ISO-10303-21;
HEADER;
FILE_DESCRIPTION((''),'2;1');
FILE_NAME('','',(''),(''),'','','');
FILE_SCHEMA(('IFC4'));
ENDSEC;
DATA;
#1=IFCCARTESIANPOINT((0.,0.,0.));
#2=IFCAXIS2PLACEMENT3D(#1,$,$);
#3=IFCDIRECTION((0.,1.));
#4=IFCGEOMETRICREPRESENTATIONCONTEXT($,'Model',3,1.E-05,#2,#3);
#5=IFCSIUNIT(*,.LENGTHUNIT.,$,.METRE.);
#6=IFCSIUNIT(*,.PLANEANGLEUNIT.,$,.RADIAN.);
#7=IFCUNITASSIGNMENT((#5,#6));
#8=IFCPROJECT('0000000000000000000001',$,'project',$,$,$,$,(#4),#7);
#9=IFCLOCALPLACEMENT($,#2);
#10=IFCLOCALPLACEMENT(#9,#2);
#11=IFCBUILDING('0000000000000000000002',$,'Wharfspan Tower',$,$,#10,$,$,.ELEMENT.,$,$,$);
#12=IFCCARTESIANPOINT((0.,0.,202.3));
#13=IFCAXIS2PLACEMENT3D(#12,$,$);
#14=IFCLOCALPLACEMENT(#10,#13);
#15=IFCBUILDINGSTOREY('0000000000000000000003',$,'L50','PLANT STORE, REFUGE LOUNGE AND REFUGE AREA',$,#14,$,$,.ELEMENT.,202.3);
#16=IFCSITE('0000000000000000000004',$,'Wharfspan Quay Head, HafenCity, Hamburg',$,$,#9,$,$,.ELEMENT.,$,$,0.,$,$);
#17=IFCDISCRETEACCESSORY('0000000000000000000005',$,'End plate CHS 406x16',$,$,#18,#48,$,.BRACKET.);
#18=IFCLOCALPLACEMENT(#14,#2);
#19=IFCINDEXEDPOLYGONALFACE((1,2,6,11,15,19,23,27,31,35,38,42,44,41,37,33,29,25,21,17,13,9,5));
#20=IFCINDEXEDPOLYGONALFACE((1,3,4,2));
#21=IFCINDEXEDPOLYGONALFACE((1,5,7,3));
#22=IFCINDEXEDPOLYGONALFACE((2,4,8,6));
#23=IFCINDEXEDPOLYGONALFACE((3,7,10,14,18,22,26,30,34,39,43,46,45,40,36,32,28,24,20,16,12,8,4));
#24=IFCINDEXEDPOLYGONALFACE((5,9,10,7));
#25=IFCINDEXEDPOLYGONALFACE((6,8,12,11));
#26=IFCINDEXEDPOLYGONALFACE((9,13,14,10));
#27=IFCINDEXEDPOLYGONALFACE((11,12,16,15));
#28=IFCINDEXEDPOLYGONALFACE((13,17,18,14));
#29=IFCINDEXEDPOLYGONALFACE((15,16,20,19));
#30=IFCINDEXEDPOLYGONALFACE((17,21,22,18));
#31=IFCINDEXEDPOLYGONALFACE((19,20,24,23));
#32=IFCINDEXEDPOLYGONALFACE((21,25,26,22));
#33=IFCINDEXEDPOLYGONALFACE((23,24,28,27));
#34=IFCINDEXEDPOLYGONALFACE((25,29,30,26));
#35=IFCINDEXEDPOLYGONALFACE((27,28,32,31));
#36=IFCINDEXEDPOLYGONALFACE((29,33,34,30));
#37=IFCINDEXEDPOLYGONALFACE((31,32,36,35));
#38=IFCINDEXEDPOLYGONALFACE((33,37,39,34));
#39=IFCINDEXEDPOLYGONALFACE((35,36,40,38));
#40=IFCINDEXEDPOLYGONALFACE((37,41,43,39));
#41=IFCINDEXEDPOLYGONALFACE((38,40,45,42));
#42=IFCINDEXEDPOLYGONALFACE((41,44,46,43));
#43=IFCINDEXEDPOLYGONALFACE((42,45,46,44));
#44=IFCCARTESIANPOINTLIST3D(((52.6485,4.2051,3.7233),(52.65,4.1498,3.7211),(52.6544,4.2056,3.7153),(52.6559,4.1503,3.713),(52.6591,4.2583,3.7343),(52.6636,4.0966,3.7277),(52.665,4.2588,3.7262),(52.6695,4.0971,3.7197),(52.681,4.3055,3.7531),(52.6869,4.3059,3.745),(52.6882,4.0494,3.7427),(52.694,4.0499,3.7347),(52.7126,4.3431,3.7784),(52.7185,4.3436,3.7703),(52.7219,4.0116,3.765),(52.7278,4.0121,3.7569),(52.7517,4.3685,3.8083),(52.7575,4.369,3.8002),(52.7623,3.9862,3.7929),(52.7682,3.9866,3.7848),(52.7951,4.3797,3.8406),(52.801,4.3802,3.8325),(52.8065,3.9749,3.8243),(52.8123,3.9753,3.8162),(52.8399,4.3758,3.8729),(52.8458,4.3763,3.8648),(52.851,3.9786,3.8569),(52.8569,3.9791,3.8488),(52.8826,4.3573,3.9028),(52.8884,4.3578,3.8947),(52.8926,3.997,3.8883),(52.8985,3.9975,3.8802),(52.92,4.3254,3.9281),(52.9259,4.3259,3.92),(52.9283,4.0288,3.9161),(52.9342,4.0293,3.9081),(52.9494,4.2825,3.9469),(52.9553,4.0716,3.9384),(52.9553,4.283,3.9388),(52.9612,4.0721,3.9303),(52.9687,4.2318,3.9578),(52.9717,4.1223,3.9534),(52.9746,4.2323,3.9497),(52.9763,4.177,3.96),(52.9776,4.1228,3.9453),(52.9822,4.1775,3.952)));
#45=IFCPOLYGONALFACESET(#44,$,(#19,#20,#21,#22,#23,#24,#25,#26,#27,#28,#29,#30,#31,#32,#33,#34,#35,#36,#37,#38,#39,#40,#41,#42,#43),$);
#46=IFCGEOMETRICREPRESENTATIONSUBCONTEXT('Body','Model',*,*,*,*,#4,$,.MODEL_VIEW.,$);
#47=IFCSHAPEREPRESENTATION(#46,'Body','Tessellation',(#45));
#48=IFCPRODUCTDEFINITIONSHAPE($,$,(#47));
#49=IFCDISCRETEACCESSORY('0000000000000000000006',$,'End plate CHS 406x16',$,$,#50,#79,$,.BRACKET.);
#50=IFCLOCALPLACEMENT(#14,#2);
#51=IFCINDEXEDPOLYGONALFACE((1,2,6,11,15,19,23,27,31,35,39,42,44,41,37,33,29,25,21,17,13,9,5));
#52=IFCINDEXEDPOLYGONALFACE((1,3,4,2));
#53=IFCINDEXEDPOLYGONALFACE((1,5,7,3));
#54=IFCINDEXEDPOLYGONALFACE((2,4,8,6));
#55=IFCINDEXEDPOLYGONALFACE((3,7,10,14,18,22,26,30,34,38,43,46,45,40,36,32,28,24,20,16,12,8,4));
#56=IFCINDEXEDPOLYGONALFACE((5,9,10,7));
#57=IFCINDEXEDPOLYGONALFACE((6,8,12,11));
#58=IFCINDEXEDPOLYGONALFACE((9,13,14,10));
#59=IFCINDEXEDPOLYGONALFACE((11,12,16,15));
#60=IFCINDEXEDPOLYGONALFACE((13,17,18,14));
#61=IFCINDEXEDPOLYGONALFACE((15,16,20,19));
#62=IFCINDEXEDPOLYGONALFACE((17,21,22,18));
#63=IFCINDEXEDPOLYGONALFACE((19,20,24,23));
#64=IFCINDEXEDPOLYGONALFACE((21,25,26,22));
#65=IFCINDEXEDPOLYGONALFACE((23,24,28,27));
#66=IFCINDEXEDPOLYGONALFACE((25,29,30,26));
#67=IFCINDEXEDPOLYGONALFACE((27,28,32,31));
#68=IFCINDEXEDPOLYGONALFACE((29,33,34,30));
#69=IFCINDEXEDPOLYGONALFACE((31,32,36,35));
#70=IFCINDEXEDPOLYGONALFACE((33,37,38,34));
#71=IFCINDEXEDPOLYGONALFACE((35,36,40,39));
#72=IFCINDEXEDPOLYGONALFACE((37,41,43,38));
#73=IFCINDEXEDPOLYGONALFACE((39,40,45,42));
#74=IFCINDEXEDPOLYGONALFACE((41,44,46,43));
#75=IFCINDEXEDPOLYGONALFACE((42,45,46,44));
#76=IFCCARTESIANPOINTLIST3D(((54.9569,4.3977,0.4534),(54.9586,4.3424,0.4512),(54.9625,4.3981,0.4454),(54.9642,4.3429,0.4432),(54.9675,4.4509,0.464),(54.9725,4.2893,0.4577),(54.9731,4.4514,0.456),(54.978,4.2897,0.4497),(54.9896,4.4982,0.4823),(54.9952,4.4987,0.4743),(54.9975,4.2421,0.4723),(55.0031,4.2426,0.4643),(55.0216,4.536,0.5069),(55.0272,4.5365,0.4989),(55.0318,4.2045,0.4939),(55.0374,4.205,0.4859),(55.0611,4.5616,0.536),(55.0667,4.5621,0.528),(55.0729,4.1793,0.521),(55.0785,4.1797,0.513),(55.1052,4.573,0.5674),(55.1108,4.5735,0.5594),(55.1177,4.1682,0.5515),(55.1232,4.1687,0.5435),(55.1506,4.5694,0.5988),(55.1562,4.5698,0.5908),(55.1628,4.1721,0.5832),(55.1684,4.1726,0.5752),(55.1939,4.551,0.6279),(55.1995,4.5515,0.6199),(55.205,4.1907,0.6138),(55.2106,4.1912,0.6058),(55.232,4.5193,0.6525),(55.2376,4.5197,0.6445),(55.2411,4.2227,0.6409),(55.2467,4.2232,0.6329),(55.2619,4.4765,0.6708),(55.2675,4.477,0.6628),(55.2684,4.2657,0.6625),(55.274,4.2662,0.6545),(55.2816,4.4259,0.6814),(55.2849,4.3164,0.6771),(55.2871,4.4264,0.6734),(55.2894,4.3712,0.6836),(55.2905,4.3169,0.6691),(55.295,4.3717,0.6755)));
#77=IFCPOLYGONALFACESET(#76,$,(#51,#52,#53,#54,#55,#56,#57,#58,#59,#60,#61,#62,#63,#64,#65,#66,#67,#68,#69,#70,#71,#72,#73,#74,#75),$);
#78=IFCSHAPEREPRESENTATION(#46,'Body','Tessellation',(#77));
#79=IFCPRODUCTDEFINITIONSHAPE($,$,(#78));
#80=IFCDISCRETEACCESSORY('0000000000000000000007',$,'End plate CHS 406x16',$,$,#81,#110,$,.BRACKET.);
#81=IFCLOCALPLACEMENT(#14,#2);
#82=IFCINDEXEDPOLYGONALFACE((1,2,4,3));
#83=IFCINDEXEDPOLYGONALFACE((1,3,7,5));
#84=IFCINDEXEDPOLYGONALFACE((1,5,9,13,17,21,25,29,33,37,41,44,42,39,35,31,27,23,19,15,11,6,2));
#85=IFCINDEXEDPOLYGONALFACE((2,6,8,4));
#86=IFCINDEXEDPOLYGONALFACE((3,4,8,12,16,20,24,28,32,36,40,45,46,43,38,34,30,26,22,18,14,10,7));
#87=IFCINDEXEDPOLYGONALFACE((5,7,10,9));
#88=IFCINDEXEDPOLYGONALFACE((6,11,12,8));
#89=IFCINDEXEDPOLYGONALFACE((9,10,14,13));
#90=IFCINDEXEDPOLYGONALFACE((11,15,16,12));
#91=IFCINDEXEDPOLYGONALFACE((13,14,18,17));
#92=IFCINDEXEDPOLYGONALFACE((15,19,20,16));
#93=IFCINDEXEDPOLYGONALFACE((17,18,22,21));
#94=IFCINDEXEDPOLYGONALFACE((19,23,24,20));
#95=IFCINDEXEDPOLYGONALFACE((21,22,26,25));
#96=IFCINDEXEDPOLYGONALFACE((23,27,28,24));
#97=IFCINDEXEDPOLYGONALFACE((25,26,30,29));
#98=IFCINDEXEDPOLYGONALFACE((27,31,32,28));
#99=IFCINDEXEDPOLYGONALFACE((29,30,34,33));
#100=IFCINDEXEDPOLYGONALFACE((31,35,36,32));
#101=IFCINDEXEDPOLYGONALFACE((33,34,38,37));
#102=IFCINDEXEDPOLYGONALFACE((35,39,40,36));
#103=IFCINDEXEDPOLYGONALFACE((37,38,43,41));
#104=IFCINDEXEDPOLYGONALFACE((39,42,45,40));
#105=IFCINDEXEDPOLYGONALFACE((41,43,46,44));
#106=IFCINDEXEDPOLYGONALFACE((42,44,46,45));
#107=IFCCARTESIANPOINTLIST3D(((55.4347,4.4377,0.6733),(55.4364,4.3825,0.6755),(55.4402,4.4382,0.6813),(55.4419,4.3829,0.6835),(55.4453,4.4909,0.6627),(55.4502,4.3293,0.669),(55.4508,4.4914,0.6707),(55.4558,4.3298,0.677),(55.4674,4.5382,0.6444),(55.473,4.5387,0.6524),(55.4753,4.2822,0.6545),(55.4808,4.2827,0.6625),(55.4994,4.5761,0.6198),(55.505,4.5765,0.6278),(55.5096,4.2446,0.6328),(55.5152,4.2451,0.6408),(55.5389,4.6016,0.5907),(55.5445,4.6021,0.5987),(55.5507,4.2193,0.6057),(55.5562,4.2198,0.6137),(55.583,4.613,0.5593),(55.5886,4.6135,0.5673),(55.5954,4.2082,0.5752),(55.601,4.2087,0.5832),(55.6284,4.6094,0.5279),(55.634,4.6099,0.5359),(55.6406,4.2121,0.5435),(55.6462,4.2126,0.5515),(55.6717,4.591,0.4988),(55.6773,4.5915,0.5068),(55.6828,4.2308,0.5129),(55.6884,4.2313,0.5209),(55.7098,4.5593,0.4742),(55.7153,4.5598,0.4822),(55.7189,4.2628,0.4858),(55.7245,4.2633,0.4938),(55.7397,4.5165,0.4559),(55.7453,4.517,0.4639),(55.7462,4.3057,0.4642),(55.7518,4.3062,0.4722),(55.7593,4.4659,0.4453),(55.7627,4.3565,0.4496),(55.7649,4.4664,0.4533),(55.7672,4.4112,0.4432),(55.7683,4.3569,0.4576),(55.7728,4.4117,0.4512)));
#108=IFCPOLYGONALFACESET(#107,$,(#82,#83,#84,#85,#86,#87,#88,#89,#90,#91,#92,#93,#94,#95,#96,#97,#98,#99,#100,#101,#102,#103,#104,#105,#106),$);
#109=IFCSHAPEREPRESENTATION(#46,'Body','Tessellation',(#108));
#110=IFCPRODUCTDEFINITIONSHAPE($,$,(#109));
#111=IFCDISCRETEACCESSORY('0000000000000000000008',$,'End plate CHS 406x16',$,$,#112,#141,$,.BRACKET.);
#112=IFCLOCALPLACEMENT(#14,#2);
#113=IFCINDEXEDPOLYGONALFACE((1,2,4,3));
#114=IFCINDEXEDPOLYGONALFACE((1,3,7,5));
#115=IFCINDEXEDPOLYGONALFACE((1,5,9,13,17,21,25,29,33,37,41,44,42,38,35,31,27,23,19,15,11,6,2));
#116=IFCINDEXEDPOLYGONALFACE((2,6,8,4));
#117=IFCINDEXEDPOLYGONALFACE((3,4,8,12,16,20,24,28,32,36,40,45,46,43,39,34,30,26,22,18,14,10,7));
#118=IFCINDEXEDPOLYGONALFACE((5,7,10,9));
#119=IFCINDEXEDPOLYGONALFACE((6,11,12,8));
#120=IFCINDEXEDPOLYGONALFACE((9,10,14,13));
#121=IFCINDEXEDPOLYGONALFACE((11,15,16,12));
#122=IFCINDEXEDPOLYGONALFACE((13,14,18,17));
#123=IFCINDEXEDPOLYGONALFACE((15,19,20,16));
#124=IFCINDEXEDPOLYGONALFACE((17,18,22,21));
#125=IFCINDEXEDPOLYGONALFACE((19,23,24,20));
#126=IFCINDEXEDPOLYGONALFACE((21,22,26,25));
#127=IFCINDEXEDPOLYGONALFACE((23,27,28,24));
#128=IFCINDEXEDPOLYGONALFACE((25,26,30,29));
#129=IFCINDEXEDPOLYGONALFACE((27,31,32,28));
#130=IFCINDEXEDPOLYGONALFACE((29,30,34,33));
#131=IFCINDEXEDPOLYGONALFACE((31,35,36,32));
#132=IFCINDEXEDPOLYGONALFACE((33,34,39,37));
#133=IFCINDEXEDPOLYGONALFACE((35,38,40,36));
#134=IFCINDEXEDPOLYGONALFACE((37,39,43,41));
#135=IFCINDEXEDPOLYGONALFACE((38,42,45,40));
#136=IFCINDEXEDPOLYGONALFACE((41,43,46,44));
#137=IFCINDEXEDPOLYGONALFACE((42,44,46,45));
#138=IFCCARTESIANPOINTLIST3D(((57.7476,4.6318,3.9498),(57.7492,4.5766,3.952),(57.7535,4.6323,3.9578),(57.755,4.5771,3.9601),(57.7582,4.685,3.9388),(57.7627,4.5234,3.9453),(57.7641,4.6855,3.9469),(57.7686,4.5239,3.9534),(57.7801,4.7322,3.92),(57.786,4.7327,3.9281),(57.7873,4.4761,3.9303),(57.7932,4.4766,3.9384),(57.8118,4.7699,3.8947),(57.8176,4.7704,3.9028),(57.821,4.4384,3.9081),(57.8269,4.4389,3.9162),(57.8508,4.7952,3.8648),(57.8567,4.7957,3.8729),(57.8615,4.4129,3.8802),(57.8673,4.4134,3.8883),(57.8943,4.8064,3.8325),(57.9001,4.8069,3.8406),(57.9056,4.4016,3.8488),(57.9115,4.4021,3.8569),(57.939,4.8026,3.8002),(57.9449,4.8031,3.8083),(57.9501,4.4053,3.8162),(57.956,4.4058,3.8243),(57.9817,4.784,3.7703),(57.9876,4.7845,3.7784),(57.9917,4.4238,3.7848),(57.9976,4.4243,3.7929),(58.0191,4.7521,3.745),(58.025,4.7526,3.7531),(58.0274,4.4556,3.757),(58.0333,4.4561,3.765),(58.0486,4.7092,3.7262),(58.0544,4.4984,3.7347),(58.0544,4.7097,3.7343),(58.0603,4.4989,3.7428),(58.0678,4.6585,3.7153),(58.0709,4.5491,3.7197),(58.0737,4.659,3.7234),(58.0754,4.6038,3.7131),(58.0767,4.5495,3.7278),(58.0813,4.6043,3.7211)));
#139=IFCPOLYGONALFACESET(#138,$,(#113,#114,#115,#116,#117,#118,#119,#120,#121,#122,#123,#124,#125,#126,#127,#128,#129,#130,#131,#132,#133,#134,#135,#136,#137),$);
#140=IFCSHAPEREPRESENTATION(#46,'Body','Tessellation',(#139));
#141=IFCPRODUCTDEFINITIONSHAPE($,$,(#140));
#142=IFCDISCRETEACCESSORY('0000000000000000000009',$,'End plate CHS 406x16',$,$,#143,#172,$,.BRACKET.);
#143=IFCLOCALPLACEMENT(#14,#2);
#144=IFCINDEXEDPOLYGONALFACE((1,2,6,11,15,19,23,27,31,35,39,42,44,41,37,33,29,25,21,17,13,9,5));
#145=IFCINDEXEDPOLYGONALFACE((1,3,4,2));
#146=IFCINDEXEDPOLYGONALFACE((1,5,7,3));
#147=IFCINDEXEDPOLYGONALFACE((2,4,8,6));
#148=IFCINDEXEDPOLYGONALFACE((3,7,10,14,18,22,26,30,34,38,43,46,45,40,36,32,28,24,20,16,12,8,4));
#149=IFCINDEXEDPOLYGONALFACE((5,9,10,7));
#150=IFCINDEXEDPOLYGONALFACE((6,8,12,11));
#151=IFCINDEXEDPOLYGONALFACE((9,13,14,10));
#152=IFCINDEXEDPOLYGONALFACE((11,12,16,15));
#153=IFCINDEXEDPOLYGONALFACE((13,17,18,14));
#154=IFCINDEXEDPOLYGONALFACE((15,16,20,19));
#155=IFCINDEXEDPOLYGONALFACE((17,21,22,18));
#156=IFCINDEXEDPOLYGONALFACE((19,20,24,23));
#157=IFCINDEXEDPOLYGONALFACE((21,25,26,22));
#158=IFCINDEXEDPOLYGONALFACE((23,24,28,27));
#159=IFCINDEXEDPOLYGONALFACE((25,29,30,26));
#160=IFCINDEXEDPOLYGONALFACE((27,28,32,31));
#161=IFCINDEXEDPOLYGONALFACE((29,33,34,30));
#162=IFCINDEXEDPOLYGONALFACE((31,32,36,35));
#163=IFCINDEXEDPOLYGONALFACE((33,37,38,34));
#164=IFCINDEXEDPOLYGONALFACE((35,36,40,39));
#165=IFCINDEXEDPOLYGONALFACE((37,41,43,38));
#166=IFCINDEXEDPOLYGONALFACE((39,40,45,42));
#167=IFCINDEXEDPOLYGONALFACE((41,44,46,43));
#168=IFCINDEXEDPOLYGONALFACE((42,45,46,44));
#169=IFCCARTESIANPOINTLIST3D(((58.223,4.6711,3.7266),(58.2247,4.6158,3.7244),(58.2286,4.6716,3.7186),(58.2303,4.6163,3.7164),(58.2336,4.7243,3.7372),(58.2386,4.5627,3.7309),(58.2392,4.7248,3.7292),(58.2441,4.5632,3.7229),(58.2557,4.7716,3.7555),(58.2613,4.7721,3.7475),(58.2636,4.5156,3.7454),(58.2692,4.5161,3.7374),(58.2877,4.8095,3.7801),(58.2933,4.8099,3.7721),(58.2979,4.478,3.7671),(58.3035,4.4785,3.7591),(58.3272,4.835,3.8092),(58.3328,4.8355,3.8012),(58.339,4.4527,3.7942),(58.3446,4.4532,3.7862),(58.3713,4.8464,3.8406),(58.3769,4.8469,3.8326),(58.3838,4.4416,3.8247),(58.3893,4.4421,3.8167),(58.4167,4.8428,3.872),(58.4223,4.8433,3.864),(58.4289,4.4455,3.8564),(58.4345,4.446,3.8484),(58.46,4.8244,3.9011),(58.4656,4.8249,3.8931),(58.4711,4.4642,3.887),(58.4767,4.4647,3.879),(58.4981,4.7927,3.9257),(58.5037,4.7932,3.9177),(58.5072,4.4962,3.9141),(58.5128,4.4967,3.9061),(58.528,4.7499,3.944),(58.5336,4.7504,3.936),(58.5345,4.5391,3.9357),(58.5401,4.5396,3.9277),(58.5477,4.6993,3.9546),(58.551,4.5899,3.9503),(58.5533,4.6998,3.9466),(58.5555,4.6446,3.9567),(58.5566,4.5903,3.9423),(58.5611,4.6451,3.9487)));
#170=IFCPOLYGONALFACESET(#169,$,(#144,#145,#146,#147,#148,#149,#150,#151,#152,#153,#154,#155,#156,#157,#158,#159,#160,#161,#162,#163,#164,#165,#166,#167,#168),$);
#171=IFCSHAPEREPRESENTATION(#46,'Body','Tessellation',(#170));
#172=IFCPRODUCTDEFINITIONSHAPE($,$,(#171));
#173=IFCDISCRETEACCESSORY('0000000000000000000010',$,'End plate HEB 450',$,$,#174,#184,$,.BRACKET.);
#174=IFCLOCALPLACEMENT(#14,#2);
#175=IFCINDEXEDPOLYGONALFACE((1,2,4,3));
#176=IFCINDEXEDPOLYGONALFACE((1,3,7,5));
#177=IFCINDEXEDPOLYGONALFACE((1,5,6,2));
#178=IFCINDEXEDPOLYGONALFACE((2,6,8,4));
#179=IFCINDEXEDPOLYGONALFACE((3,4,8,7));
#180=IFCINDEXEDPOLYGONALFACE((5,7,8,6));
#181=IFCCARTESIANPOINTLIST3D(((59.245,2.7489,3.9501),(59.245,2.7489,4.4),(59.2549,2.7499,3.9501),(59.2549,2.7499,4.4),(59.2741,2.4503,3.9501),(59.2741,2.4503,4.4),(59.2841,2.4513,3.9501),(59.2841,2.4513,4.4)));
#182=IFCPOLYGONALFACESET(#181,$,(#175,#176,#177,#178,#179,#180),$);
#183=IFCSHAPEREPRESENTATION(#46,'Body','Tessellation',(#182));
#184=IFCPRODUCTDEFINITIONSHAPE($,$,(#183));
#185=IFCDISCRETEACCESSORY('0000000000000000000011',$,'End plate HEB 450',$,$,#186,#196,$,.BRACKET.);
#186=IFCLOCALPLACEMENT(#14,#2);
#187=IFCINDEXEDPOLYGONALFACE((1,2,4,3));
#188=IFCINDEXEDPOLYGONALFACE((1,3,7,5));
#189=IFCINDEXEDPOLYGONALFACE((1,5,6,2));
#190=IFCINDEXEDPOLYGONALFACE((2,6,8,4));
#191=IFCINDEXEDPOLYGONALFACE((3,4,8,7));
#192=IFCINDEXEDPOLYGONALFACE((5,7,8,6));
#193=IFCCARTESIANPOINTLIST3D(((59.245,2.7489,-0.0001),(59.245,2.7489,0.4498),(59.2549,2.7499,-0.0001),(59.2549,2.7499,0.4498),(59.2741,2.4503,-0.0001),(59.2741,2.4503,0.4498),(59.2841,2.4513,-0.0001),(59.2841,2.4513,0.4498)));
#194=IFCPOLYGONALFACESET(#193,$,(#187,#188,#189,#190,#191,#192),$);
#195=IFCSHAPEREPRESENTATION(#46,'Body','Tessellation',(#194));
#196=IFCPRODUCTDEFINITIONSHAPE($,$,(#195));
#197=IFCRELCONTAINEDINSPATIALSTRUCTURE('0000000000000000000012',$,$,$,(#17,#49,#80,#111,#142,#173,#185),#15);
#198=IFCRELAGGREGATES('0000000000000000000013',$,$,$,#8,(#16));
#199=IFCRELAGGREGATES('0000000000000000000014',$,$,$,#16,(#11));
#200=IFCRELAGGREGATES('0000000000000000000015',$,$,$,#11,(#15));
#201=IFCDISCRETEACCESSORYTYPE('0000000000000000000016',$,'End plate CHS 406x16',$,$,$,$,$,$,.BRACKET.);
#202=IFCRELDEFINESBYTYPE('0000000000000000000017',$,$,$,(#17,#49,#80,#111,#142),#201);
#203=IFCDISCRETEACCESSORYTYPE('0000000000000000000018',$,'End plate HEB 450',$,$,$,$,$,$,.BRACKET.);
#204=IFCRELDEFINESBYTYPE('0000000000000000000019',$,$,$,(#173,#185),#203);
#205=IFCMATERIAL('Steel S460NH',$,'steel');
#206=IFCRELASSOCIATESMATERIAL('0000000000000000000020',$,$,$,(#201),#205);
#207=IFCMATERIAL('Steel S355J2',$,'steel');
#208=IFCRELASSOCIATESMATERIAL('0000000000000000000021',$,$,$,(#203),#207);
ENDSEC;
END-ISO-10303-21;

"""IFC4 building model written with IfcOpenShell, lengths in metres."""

from ifc_helpers import new_model, si_unit, direction, frame, origin, origin_2d, place, context, subcontext, project, spatial, rectangle, circle, extrude, material, material_profile, profile_set, type_object, element, save


model = new_model("IFC4")

# Units and contexts
model_context = context("Model", 3, precision=1e-05, world=origin(), true_north=direction((0.0, 1.0)))
body_context = subcontext(model_context, "Body", "Model", "MODEL_VIEW")
ifc_project = project(units=[si_unit("LENGTHUNIT", "METRE"), si_unit("PLANEANGLEUNIT", "RADIAN")], contexts=[model_context])

# Site, building, storey
site_placement = place(None, origin())
site = spatial("IfcSite", under=ifc_project, at=site_placement, Name="Wharfspan Quay Head, HafenCity, Hamburg", CompositionType="ELEMENT", RefElevation=0.0)
building_placement = place(site_placement, origin())
building = spatial("IfcBuilding", under=site, at=building_placement, Name="Wharfspan Tower", CompositionType="ELEMENT")
storey_placement = place(building_placement, frame((0.0, 0.0, 202.3)))
storey = spatial("IfcBuildingStorey", under=building, at=storey_placement, Name="L50", Description="PLANT STORE, REFUGE LOUNGE AND REFUGE AREA", CompositionType="ELEMENT", Elevation=202.3)

# Shared definitions
ifc_material_1 = material(Name="Steel S355J2", Category="steel")

# Shared definitions
ifc_material_2 = material(Name="Steel S460NH", Category="steel")

# Discrete accessories
ifc_material_profile_1 = material_profile(ifc_material_2, circle(Radius=0.2031, at=origin_2d()))
ifc_profile_set_1 = profile_set([ifc_material_profile_1], Name="Steel S460NH")
discrete_accessory_type_1 = type_object("IfcDiscreteAccessoryType", Name="End plate CHS 406x16", PredefinedType="BRACKET", material=ifc_profile_set_1)
discrete_accessory_1_placement = place(storey_placement, frame((52.812, 4.1772, 3.8406), z_axis=(0.587466, 0.048956, -0.807766), x_axis=(-0.083046, 0.996542, 0.0)))
element("IfcDiscreteAccessory", 1, at=discrete_accessory_1_placement, inside=storey, type_object=discrete_accessory_type_1, Name="End plate CHS 406x16", PredefinedType="BRACKET", context=body_context, shape_type="SweptSolid", body=[
    extrude(circle(Radius=0.2031, at=origin_2d()), origin(), (0.0, 0.0, 1.0), 0.01),
])
for number, where, z_axis, x_axis, name in (
    (2, (55.1228, 4.3706, 0.5674), (0.571087, 0.04966, -0.819386), (-0.08663, 0.99624, 0.0), "End plate CHS 406x16"),
    (3, (55.6006, 4.4106, 0.5593), (0.571087, 0.04966, 0.819386), (-0.08663, 0.99624, 0.0), "End plate CHS 406x16"),
):
    element("IfcDiscreteAccessory", number, at=place(storey_placement, frame(where, z_axis=z_axis, x_axis=x_axis)), inside=storey, type_object=discrete_accessory_type_1, Name=name, PredefinedType="BRACKET", context=body_context, shape_type="SweptSolid", body=[
        extrude(circle(Radius=0.2031, at=origin_2d()), origin(), (0.0, 0.0, 1.0), 0.0098),
    ])
discrete_accessory_2_placement = place(storey_placement, frame((57.9111, 4.604, 3.8325), z_axis=(0.587466, 0.048956, 0.807766), x_axis=(-0.083046, 0.996542, 0.0)))
element("IfcDiscreteAccessory", 4, at=discrete_accessory_2_placement, inside=storey, type_object=discrete_accessory_type_1, Name="End plate CHS 406x16", PredefinedType="BRACKET", context=body_context, shape_type="SweptSolid", body=[
    extrude(circle(Radius=0.2031, at=origin_2d()), origin(), (0.0, 0.0, 1.0), 0.01),
])
discrete_accessory_3_placement = place(storey_placement, frame((58.3889, 4.644, 3.8406), z_axis=(0.571087, 0.04966, -0.819386), x_axis=(-0.08663, 0.99624, 0.0)))
element("IfcDiscreteAccessory", 5, at=discrete_accessory_3_placement, inside=storey, type_object=discrete_accessory_type_1, Name="End plate CHS 406x16", PredefinedType="BRACKET", context=body_context, shape_type="SweptSolid", body=[
    extrude(circle(Radius=0.2031, at=origin_2d()), origin(), (0.0, 0.0, 1.0), 0.0098),
])
ifc_material_profile_2 = material_profile(ifc_material_1, rectangle(XDim=0.3, YDim=0.45, at=origin_2d()))
ifc_profile_set_2 = profile_set([ifc_material_profile_2], Name="Steel S355J2")
discrete_accessory_type_2 = type_object("IfcDiscreteAccessoryType", Name="End plate HEB 450", PredefinedType="BRACKET", material=ifc_profile_set_2)
for number, where, z_axis, x_axis, name in (
    (6, (59.2595, 2.5996, 4.175), (0.995275, 0.0971, 0.0), (-0.0971, 0.995275, 0.0), "End plate HEB 450"),
    (7, (59.2595, 2.5996, 0.2249), (0.995275, 0.0971, 0.0), (-0.0971, 0.995275, 0.0), "End plate HEB 450"),
):
    element("IfcDiscreteAccessory", number, at=place(storey_placement, frame(where, z_axis=z_axis, x_axis=x_axis)), inside=storey, type_object=discrete_accessory_type_2, Name=name, PredefinedType="BRACKET", context=body_context, shape_type="SweptSolid", body=[
        extrude(rectangle(XDim=0.3, YDim=0.45, at=origin_2d()), origin(), (0.0, 0.0, 1.0), 0.01),
    ])

save(model, "model.ifc")
